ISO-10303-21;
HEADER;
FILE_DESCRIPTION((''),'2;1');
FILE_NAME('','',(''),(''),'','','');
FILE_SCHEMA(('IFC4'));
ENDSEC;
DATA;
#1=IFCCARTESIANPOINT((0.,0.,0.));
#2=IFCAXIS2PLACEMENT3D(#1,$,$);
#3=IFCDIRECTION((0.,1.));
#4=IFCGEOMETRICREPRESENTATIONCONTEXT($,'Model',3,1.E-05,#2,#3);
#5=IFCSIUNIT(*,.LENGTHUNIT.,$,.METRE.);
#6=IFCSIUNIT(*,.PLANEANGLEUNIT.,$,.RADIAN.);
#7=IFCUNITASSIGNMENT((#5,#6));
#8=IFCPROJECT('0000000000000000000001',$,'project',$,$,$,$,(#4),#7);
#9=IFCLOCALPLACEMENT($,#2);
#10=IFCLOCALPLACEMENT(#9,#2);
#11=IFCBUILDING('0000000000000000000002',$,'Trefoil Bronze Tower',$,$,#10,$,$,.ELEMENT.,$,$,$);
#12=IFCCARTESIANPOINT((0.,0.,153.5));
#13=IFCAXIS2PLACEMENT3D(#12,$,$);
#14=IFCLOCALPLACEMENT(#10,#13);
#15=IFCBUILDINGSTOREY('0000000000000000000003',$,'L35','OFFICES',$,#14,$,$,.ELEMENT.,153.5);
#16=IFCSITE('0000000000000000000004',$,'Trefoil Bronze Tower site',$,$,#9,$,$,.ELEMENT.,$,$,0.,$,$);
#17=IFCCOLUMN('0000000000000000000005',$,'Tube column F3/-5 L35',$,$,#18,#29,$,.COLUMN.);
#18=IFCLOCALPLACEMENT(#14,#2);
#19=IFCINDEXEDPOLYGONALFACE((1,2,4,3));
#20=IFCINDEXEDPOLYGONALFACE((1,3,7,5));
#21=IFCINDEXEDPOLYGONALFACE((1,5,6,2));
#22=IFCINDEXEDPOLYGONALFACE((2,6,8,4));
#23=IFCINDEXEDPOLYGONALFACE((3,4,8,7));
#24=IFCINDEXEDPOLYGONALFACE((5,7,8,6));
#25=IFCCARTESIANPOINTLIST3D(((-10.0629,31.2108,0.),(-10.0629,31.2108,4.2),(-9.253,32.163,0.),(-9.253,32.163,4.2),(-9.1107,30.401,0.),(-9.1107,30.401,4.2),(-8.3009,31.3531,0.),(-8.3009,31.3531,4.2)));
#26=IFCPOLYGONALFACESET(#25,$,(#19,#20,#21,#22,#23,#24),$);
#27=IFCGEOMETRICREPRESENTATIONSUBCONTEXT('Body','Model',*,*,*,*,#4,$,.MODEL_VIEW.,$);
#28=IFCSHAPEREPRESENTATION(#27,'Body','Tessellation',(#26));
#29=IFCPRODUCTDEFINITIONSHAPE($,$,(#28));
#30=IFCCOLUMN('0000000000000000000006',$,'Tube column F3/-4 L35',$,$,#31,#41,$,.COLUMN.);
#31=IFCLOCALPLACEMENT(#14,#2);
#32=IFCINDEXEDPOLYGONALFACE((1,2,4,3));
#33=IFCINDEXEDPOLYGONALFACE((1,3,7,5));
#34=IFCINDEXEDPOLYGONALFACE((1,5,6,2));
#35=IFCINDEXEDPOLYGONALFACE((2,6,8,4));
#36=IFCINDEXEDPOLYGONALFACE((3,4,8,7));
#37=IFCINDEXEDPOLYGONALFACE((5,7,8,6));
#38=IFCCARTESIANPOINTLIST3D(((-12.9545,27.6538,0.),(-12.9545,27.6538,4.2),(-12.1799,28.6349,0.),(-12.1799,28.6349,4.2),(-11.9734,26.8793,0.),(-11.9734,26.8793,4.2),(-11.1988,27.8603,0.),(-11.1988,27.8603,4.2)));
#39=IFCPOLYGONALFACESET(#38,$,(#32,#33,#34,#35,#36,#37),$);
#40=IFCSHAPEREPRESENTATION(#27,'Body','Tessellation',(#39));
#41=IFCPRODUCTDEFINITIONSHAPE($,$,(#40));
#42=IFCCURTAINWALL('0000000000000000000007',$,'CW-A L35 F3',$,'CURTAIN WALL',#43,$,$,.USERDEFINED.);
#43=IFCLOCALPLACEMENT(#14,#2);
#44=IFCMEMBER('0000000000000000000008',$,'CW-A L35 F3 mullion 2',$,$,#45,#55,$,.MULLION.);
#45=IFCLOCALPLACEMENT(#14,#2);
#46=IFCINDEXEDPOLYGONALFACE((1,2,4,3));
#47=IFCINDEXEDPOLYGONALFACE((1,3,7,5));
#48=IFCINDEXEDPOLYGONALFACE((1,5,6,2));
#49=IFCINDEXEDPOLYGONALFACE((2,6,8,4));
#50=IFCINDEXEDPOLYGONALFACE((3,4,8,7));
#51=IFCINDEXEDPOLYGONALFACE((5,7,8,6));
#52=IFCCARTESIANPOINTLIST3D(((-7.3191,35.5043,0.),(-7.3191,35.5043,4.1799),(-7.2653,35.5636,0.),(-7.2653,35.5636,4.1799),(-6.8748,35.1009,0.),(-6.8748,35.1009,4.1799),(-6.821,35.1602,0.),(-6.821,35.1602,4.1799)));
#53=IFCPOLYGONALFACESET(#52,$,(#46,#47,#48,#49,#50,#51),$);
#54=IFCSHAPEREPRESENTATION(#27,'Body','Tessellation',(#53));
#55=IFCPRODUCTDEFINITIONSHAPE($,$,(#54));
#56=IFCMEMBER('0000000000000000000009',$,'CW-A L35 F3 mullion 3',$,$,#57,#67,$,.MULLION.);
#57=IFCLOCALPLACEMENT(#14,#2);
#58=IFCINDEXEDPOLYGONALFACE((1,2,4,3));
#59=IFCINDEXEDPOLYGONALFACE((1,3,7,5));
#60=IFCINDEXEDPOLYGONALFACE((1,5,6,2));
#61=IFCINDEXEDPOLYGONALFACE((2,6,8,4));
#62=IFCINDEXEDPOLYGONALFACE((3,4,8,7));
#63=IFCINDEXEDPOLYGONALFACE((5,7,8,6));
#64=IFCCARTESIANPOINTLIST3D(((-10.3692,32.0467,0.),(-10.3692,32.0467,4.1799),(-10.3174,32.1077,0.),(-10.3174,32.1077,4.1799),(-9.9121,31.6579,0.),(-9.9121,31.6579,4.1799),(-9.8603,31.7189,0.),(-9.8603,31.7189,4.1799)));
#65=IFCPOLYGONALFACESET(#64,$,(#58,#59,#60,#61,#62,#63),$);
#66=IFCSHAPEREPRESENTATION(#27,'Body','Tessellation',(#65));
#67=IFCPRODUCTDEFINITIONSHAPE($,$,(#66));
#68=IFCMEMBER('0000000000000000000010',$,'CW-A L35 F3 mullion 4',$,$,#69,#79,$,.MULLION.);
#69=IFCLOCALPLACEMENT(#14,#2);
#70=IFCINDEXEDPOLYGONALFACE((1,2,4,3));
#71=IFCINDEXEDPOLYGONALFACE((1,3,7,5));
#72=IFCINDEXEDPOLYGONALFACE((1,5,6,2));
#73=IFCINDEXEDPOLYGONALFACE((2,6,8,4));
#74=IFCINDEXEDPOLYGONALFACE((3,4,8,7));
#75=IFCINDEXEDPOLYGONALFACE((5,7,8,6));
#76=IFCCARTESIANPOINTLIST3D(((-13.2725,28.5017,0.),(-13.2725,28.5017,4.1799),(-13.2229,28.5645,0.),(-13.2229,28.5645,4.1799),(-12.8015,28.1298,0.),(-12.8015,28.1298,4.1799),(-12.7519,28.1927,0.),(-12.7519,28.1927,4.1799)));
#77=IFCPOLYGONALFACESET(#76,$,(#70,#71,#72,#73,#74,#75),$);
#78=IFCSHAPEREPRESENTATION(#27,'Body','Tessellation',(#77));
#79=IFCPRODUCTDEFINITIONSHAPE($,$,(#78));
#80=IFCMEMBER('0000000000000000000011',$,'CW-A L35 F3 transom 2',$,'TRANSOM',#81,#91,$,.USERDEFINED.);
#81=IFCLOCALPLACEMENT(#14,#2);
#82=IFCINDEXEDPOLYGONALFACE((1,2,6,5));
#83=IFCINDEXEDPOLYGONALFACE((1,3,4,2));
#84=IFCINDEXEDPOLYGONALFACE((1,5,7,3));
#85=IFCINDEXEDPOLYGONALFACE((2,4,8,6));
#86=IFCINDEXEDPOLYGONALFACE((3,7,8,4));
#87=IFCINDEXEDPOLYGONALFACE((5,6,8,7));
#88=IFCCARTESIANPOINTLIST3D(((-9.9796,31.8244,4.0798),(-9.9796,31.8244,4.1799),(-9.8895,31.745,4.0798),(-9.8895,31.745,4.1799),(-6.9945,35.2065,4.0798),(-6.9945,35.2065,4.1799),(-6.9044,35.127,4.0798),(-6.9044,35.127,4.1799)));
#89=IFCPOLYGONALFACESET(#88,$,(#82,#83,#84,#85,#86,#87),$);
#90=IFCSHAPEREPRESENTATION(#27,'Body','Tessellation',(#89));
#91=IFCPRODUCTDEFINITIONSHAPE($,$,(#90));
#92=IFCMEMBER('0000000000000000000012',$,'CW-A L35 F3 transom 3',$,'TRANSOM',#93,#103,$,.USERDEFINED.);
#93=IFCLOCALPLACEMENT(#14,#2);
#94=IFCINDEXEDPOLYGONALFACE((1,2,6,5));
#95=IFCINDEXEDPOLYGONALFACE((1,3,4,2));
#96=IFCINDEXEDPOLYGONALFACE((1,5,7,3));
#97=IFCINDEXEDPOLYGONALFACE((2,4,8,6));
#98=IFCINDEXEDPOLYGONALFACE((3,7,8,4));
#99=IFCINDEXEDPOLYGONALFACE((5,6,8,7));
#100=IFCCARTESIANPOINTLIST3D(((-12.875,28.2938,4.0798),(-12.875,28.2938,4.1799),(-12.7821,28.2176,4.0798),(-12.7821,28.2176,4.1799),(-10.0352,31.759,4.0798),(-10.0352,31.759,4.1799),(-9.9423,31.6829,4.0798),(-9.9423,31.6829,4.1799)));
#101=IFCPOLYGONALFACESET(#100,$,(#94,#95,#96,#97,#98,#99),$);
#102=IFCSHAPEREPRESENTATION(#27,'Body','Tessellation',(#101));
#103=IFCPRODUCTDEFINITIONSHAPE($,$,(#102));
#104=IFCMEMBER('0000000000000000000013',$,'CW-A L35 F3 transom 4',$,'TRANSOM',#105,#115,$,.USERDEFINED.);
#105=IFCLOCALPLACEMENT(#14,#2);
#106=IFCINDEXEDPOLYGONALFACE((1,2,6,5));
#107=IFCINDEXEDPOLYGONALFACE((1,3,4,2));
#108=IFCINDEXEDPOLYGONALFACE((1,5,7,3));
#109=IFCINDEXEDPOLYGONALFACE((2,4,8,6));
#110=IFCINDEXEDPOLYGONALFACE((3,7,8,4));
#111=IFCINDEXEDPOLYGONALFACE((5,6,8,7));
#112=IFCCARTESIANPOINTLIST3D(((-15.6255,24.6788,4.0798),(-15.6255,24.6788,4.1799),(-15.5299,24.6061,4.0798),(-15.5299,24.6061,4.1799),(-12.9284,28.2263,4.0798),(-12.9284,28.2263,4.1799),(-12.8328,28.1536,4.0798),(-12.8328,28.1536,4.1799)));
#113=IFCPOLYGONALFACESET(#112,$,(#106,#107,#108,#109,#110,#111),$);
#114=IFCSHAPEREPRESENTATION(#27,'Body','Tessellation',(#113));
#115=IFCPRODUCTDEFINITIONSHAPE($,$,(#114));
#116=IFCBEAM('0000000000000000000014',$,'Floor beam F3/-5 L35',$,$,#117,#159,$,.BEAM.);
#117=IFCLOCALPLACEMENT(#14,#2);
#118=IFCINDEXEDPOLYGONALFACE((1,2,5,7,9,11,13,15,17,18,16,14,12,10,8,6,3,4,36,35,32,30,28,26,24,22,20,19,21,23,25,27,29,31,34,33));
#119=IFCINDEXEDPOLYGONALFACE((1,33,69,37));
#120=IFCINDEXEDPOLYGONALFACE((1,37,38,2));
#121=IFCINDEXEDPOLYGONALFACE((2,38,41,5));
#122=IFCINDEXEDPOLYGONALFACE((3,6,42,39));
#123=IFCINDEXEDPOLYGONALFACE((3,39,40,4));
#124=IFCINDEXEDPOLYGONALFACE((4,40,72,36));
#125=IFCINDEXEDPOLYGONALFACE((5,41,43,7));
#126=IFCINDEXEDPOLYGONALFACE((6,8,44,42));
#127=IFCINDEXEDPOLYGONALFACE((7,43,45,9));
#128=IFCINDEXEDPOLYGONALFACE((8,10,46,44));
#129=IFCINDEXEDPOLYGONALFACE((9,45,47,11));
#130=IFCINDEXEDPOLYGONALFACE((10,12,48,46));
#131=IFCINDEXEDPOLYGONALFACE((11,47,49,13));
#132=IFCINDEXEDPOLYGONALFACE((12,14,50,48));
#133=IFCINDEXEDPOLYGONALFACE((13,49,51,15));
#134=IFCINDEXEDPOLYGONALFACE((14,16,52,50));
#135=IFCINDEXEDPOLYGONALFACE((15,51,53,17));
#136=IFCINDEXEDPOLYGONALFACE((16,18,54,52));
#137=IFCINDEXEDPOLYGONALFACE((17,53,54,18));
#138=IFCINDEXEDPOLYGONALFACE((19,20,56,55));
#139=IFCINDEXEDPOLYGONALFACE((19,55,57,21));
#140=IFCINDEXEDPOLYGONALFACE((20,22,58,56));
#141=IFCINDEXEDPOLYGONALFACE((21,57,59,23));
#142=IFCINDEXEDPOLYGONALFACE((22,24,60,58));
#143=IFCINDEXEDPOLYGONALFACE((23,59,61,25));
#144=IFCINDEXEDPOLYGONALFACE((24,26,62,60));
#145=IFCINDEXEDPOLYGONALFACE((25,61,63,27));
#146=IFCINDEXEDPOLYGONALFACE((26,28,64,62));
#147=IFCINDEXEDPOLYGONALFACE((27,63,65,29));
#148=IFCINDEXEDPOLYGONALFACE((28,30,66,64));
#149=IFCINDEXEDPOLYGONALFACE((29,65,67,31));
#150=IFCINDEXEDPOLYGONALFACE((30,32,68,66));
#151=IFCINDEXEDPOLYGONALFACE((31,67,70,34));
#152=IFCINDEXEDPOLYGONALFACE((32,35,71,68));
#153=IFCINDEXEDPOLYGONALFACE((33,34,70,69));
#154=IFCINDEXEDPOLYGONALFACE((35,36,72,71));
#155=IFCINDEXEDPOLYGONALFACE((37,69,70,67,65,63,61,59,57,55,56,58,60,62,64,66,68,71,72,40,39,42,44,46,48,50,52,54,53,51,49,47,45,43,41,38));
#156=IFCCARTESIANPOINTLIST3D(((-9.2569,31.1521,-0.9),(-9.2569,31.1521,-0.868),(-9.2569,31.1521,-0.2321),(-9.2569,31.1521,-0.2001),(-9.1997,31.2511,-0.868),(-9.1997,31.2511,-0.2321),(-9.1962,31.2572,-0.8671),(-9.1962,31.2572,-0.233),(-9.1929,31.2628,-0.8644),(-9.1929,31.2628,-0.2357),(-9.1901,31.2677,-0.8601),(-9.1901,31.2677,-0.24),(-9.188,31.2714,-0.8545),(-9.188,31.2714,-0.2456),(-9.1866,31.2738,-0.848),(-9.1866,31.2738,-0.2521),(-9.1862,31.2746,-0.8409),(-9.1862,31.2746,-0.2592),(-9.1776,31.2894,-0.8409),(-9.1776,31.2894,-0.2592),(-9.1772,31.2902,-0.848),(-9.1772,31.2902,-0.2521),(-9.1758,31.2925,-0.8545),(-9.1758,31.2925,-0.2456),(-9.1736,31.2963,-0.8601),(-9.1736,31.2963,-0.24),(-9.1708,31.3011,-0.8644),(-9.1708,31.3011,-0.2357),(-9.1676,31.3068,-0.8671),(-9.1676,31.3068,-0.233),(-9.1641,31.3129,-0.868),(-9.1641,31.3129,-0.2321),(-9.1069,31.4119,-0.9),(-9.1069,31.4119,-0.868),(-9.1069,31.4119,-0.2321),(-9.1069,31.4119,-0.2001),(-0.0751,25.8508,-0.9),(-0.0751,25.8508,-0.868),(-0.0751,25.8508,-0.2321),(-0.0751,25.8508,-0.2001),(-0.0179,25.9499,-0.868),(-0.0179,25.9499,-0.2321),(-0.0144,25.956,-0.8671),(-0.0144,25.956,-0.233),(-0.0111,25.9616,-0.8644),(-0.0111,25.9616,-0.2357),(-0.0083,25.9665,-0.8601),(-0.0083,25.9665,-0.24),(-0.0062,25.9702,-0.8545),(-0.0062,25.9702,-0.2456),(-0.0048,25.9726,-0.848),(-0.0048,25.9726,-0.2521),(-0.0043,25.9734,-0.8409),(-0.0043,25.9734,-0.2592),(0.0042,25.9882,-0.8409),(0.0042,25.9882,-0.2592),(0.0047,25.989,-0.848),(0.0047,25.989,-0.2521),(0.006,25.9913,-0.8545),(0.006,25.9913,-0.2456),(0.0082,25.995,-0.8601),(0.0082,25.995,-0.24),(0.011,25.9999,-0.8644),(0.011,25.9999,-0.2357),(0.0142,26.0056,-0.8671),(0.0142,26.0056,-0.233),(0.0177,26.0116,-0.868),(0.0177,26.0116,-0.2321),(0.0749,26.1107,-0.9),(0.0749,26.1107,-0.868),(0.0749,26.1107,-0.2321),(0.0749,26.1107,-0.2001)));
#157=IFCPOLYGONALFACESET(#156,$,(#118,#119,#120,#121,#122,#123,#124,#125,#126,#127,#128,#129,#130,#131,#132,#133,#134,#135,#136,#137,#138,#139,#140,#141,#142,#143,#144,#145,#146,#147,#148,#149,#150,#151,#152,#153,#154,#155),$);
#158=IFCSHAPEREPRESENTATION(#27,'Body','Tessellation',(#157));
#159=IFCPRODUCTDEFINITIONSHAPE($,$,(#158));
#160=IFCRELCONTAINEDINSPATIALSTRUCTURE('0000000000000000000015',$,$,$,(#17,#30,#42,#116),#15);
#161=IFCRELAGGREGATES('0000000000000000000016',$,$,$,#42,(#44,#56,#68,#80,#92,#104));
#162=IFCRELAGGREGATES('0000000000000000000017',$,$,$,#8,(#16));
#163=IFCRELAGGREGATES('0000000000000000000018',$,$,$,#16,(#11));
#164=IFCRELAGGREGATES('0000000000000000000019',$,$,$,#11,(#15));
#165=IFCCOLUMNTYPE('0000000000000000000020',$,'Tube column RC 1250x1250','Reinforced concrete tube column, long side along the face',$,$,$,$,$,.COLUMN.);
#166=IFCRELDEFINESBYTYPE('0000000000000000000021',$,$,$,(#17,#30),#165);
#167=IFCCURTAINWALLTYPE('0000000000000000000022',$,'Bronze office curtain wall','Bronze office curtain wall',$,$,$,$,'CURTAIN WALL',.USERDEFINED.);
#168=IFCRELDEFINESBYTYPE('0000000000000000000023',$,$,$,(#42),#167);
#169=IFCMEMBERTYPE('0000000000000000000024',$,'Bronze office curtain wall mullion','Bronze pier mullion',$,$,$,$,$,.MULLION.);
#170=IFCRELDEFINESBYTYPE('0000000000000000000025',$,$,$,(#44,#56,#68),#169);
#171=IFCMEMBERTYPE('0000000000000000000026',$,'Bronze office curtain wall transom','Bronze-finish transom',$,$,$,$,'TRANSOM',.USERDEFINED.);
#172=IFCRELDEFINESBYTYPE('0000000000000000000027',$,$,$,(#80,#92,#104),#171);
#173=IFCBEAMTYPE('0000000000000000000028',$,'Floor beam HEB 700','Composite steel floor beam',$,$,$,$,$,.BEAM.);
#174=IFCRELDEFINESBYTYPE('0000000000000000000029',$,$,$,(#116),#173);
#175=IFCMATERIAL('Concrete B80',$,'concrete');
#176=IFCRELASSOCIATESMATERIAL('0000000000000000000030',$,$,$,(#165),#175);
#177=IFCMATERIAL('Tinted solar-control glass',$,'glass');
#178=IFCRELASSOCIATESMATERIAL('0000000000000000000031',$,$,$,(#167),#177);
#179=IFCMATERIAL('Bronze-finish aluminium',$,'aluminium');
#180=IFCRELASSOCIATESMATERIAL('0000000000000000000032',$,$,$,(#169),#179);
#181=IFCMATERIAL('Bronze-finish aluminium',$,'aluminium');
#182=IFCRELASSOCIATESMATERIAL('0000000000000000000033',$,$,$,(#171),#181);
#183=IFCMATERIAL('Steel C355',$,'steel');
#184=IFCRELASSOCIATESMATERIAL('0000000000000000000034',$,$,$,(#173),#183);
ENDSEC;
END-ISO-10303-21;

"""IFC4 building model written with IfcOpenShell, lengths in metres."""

from ifc_helpers import new_model, si_unit, direction, frame, origin, origin_2d, place, context, subcontext, project, spatial, rectangle, i_section, extrude, material, material_profile, profile_set, type_object, element, aggregate, save


model = new_model("IFC4")

# Units and contexts
model_context = context("Model", 3, precision=1e-05, world=origin(), true_north=direction((0.0, 1.0)))
body_context = subcontext(model_context, "Body", "Model", "MODEL_VIEW")
ifc_project = project(units=[si_unit("LENGTHUNIT", "METRE"), si_unit("PLANEANGLEUNIT", "RADIAN")], contexts=[model_context])

# Site, building, storey
site_placement = place(None, origin())
site = spatial("IfcSite", under=ifc_project, at=site_placement, Name="Trefoil Bronze Tower site", CompositionType="ELEMENT", RefElevation=0.0)
building_placement = place(site_placement, origin())
building = spatial("IfcBuilding", under=site, at=building_placement, Name="Trefoil Bronze Tower", CompositionType="ELEMENT")
storey_placement = place(building_placement, frame((0.0, 0.0, 153.5)))
storey = spatial("IfcBuildingStorey", under=building, at=storey_placement, Name="L35", Description="OFFICES", CompositionType="ELEMENT", Elevation=153.5)

# Columns
ifc_material_1 = material(Name="Concrete B80", Category="concrete")
ifc_material_profile_1 = material_profile(ifc_material_1, rectangle(XDim=1.25, YDim=1.25, at=origin_2d()), Name="RC 1250x1250")
ifc_profile_set_1 = profile_set([ifc_material_profile_1], Name="Concrete B80")
column_type = type_object("IfcColumnType", Name="Tube column RC 1250x1250", Description="Reinforced concrete tube column, long side along the face", PredefinedType="COLUMN", material=ifc_profile_set_1)
for number, where, z_axis, x_axis, name in (
    (1, (-9.1819, 31.282, 0.0), (0.0, 0.0, 1.0), (-0.647904, -0.761722, 0.0), "Tube column F3/-5 L35"),
    (2, (-12.0767, 27.7571, 0.0), (0.0, 0.0, 1.0), (-0.619649, -0.784879, 0.0), "Tube column F3/-4 L35"),
):
    element("IfcColumn", number, at=place(storey_placement, frame(where, z_axis=z_axis, x_axis=x_axis)), inside=storey, type_object=column_type, Name=name, PredefinedType="COLUMN", context=body_context, shape_type="SweptSolid", body=[
        extrude(rectangle(XDim=1.25, YDim=1.25, at=origin_2d()), origin(), (0.0, 0.0, 1.0), 4.2),
    ])

# Curtain wall, members
ifc_material_2 = material(Name="Tinted solar-control glass", Category="glass")
curtain_wall_type = type_object("IfcCurtainWallType", Name="Bronze office curtain wall", Description="Bronze office curtain wall", ElementType="CURTAIN WALL", PredefinedType="USERDEFINED", material=ifc_material_2)
curtain_wall_placement = place(storey_placement, origin())
curtain_wall = element("IfcCurtainWall", 3, at=curtain_wall_placement, inside=storey, type_object=curtain_wall_type, Name="CW-A L35 F3", ObjectType="CURTAIN WALL", PredefinedType="USERDEFINED")
ifc_material_3 = material(Name="Bronze-finish aluminium", Category="aluminium")
ifc_material_profile_2 = material_profile(ifc_material_3, rectangle(XDim=0.6001, YDim=0.0801, at=origin_2d()), Name="CW-A mullion")
ifc_profile_set_2 = profile_set([ifc_material_profile_2], Name="Bronze-finish aluminium")
member_type_1 = type_object("IfcMemberType", Name="Bronze office curtain wall mullion", Description="Bronze pier mullion", PredefinedType="MULLION", material=ifc_profile_set_2)
member_1_placement = place(storey_placement, frame((-7.0701, 35.3323, 0.0), z_axis=(0.0, 0.0, 1.0), x_axis=(0.740361, -0.67221, 0.0)))
member_1 = element("IfcMember", 4, at=member_1_placement, type_object=member_type_1, Name="CW-A L35 F3 mullion 2", PredefinedType="MULLION", context=body_context, shape_type="SweptSolid", body=[
    extrude(rectangle(XDim=0.6001, YDim=0.0801, at=origin_2d()), origin(), (0.0, 0.0, 1.0), 4.1799),
])
member_2_placement = place(storey_placement, frame((-10.1147, 31.8828, 0.0), z_axis=(0.0, 0.0, 1.0), x_axis=(0.761722, -0.647904, 0.0)))
member_2 = element("IfcMember", 5, at=member_2_placement, type_object=member_type_1, Name="CW-A L35 F3 mullion 3", PredefinedType="MULLION", context=body_context, shape_type="SweptSolid", body=[
    extrude(rectangle(XDim=0.6001, YDim=0.0801, at=origin_2d()), origin(), (0.0, 0.0, 1.0), 4.1799),
])
member_3_placement = place(storey_placement, frame((-13.0122, 28.3472, 0.0), z_axis=(0.0, 0.0, 1.0), x_axis=(0.784879, -0.619649, 0.0)))
member_3 = element("IfcMember", 6, at=member_3_placement, type_object=member_type_1, Name="CW-A L35 F3 mullion 4", PredefinedType="MULLION", context=body_context, shape_type="SweptSolid", body=[
    extrude(rectangle(XDim=0.6001, YDim=0.0801, at=origin_2d()), origin(), (0.0, 0.0, 1.0), 4.1799),
])
ifc_material_4 = material(Name="Bronze-finish aluminium", Category="aluminium")
ifc_material_profile_3 = material_profile(ifc_material_4, rectangle(XDim=0.1201, YDim=0.1001, at=origin_2d()), Name="CW-A transom")
ifc_profile_set_3 = profile_set([ifc_material_profile_3], Name="Bronze-finish aluminium")
member_type_2 = type_object("IfcMemberType", Name="Bronze office curtain wall transom", Description="Bronze-finish transom", ElementType="TRANSOM", PredefinedType="USERDEFINED", material=ifc_profile_set_3)
member_4_placement = place(storey_placement, frame((-6.9495, 35.1667, 4.1299), z_axis=(-0.661736, -0.749737, 0.0), x_axis=(0.749737, -0.661736, 0.0)))
member_4 = element("IfcMember", 7, at=member_4_placement, type_object=member_type_2, Name="CW-A L35 F3 transom 2", ObjectType="TRANSOM", PredefinedType="USERDEFINED", context=body_context, shape_type="SweptSolid", body=[
    extrude(rectangle(XDim=0.1201, YDim=0.1001, at=origin_2d()), origin(), (0.0, 0.0, 1.0), 4.511),
])
member_5_placement = place(storey_placement, frame((-9.9888, 31.7209, 4.1299), z_axis=(-0.633849, -0.773457, 0.0), x_axis=(0.773457, -0.633849, 0.0)))
member_5 = element("IfcMember", 8, at=member_5_placement, type_object=member_type_2, Name="CW-A L35 F3 transom 3", ObjectType="TRANSOM", PredefinedType="USERDEFINED", context=body_context, shape_type="SweptSolid", body=[
    extrude(rectangle(XDim=0.1201, YDim=0.1001, at=origin_2d()), origin(), (0.0, 0.0, 1.0), 4.4802),
])
member_6_placement = place(storey_placement, frame((-12.8806, 28.1899, 4.1299), z_axis=(-0.605229, -0.796051, 0.0), x_axis=(0.796051, -0.605229, 0.0)))
member_6 = element("IfcMember", 9, at=member_6_placement, type_object=member_type_2, Name="CW-A L35 F3 transom 4", ObjectType="TRANSOM", PredefinedType="USERDEFINED", context=body_context, shape_type="SweptSolid", body=[
    extrude(rectangle(XDim=0.1201, YDim=0.1001, at=origin_2d()), origin(), (0.0, 0.0, 1.0), 4.4563),
])

# Beam
ifc_material_5 = material(Name="Steel C355", Category="steel")
ifc_material_profile_4 = material_profile(ifc_material_5, i_section(OverallWidth=0.3, OverallDepth=0.7, WebThickness=0.0171, FlangeThickness=0.032, FilletRadius=0.0271, at=origin_2d()), Name="HEB 700")
ifc_profile_set_4 = profile_set([ifc_material_profile_4], Name="Steel C355")
beam_type_1 = type_object("IfcBeamType", Name="Floor beam HEB 700", Description="Composite steel floor beam", PredefinedType="BEAM", material=ifc_profile_set_4)
beam_1_placement = place(storey_placement, frame((-9.1819, 31.282, -0.55), z_axis=(0.866021, -0.500007, 0.0), x_axis=(0.500007, 0.866021, 0.0)))
element("IfcBeam", 10, at=beam_1_placement, inside=storey, type_object=beam_type_1, Name="Floor beam F3/-5 L35", PredefinedType="BEAM", context=body_context, shape_type="SweptSolid", body=[
    extrude(i_section(OverallWidth=0.3, OverallDepth=0.7, WebThickness=0.0171, FlangeThickness=0.032, FilletRadius=0.0271, at=origin_2d()), origin(), (0.0, 0.0, 1.0), 10.6023),
])

aggregate(curtain_wall, [member_1, member_2, member_3, member_4, member_5, member_6])

save(model, "model.ifc")
